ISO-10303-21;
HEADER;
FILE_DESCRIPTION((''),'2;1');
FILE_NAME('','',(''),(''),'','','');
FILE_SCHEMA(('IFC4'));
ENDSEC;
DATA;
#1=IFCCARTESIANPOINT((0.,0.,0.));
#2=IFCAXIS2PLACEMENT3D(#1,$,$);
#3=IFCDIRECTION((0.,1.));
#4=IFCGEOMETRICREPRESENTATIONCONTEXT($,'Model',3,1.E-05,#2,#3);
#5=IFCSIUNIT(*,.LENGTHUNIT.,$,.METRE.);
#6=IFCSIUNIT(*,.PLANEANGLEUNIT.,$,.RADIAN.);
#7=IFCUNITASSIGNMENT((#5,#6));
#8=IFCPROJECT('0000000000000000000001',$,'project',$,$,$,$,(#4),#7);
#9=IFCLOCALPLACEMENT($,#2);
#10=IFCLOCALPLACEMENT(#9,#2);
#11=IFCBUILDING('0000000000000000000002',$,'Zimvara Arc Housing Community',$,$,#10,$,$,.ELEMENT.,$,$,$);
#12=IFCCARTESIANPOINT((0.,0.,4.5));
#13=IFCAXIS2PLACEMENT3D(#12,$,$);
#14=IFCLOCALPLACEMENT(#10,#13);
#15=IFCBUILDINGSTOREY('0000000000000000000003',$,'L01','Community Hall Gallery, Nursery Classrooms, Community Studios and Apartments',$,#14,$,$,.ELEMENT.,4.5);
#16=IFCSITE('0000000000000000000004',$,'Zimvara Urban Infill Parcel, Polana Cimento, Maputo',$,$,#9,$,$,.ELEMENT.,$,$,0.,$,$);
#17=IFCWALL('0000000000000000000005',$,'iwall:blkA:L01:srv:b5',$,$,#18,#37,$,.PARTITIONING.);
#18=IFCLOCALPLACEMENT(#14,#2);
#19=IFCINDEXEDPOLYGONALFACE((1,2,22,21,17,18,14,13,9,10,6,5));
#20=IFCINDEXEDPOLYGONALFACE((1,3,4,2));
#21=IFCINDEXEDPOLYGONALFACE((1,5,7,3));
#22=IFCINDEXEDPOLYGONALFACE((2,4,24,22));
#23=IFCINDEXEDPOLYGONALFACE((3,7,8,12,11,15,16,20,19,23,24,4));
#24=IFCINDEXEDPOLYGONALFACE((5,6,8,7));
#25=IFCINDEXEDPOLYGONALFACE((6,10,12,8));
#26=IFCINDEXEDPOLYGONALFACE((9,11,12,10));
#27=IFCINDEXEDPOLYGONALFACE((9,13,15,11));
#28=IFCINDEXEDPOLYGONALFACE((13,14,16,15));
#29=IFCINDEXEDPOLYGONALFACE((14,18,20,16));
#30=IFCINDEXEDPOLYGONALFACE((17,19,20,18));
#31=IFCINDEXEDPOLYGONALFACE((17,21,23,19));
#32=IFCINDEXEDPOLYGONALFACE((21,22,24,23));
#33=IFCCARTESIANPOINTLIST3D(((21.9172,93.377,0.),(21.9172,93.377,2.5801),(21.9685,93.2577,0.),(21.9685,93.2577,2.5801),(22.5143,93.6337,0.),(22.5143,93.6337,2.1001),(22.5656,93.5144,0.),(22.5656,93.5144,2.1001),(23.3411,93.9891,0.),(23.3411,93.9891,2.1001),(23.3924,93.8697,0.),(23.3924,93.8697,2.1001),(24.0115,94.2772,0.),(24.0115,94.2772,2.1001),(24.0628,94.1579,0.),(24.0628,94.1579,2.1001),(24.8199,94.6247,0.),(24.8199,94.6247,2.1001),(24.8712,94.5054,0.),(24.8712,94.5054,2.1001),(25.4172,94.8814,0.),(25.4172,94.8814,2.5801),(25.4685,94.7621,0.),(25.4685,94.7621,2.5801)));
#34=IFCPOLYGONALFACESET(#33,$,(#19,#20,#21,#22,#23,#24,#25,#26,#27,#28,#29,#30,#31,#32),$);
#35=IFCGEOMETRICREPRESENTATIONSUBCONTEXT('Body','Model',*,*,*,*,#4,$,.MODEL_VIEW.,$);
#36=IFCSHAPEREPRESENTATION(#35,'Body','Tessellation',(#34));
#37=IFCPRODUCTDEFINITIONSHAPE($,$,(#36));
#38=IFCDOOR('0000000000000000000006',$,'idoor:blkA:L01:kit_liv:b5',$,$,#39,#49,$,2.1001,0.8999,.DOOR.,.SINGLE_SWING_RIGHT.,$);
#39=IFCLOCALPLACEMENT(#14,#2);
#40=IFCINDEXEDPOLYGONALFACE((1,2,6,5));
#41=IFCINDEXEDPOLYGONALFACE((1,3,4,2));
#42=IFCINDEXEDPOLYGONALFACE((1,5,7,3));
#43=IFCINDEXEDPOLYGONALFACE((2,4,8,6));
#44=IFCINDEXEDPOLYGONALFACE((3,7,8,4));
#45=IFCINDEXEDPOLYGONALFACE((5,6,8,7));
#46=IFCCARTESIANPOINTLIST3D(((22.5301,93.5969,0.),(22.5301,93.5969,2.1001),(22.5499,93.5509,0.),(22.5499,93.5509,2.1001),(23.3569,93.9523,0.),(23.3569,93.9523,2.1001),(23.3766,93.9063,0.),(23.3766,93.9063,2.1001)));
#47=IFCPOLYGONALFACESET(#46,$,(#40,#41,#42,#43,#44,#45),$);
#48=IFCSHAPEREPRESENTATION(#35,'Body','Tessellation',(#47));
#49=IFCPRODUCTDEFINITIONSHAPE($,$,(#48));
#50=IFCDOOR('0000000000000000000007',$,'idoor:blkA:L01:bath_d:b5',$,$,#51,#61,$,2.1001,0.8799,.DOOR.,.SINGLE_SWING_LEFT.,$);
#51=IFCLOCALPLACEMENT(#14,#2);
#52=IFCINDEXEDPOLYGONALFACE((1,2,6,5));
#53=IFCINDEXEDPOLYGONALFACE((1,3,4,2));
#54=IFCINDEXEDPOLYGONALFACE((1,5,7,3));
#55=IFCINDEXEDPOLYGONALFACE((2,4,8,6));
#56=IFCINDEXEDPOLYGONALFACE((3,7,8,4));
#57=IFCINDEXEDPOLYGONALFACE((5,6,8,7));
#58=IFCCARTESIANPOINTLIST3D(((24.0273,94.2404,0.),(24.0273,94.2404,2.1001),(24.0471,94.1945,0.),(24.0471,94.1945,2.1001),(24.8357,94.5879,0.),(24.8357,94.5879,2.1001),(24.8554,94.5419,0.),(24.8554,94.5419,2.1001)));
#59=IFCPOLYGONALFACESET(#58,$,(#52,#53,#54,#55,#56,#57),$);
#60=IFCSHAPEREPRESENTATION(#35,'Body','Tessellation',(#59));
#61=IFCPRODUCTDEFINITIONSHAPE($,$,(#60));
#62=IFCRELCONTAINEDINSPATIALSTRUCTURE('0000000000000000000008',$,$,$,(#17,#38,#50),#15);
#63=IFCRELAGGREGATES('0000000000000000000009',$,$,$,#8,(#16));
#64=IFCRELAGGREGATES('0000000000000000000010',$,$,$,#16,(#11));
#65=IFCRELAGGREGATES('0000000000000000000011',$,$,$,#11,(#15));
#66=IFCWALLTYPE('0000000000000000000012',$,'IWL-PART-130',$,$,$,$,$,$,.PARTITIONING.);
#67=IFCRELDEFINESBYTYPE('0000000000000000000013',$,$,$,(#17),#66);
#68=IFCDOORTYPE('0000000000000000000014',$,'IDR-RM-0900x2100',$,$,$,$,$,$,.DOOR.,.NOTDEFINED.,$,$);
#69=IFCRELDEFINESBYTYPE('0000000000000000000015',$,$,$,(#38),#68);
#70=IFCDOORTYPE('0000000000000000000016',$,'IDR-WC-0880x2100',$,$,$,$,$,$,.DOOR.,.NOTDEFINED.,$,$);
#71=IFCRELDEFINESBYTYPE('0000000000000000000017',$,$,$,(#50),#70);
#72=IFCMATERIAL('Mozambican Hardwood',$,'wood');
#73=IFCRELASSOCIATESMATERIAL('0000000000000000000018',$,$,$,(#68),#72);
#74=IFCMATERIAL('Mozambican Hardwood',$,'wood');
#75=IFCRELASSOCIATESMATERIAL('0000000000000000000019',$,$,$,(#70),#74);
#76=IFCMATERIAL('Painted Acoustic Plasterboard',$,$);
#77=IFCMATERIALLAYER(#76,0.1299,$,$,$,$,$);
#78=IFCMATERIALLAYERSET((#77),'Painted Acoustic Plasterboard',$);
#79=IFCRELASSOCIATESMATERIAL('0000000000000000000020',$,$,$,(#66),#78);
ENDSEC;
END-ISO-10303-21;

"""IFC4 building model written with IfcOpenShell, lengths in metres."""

from ifc_helpers import new_model, si_unit, direction, frame, frame_2d, origin, place, context, subcontext, project, spatial, rectangle, extrude, material, layer, layer_set, type_object, element, fill, save


model = new_model("IFC4")

# Units and contexts
model_context = context("Model", 3, precision=1e-05, world=origin(), true_north=direction((0.0, 1.0)))
body_context = subcontext(model_context, "Body", "Model", "MODEL_VIEW")
ifc_project = project(units=[si_unit("LENGTHUNIT", "METRE"), si_unit("PLANEANGLEUNIT", "RADIAN")], contexts=[model_context])

# Site, building, storey
site_placement = place(None, origin())
site = spatial("IfcSite", under=ifc_project, at=site_placement, Name="Zimvara Urban Infill Parcel, Polana Cimento, Maputo", CompositionType="ELEMENT", RefElevation=0.0)
building_placement = place(site_placement, origin())
building = spatial("IfcBuilding", under=site, at=building_placement, Name="Zimvara Arc Housing Community", CompositionType="ELEMENT")
storey_placement = place(building_placement, frame((0.0, 0.0, 4.5)))
storey = spatial("IfcBuildingStorey", under=building, at=storey_placement, Name="L01", Description="Community Hall Gallery, Nursery Classrooms, Community Studios and Apartments", CompositionType="ELEMENT", Elevation=4.5)

# Wall, openings, doors
ifc_material_1 = material(Name="Mozambican Hardwood", Category="wood")
door_type_1 = type_object("IfcDoorType", Name="IDR-RM-0900x2100", OperationType="NOTDEFINED", PredefinedType="DOOR", material=ifc_material_1)
ifc_material_2 = material(Name="Mozambican Hardwood", Category="wood")
door_type_2 = type_object("IfcDoorType", Name="IDR-WC-0880x2100", OperationType="NOTDEFINED", PredefinedType="DOOR", material=ifc_material_2)
ifc_material_3 = material(Name="Painted Acoustic Plasterboard")
ifc_layer_1 = layer(ifc_material_3, 0.1299)
ifc_layer_set_1 = layer_set([ifc_layer_1], Name="Painted Acoustic Plasterboard")
wall_type_1 = type_object("IfcWallType", Name="IWL-PART-130", PredefinedType="PARTITIONING", material=ifc_layer_set_1)
wall_1_placement = place(storey_placement, frame((21.9429, 93.3174, 0.0), z_axis=(0.0, 0.0, 1.0), x_axis=(0.918727, 0.394894, 0.0)))
wall_1 = element("IfcWall", 1, at=wall_1_placement, inside=storey, type_object=wall_type_1, Name="iwall:blkA:L01:srv:b5", PredefinedType="PARTITIONING", context=body_context, shape_type="SweptSolid", body=[
    extrude(rectangle(XDim=3.8096, YDim=0.1299, at=frame_2d((1.9048, 0.0))), origin(), (0.0, 0.0, 1.0), 2.5801),
])
opening_1_placement = place(wall_1_placement, frame((0.6499, 0.0, 0.0)))
opening_1 = element("IfcOpeningElement", 2, at=opening_1_placement, cuts=wall_1, PredefinedType="OPENING", context=body_context, shape_type="SweptSolid", body=[
    extrude(rectangle(XDim=0.8999, YDim=2.1001, at=frame_2d((0.45, 1.05))), frame((0.0, 0.075, 0.0), z_axis=(0.0, -1.0, 0.0), x_axis=(1.0, 0.0, 0.0)), (0.0, 0.0, 1.0), 0.1499),
])
opening_2_placement = place(wall_1_placement, frame((2.2795, 0.0, 0.0)))
opening_2 = element("IfcOpeningElement", 3, at=opening_2_placement, cuts=wall_1, PredefinedType="OPENING", context=body_context, shape_type="SweptSolid", body=[
    extrude(rectangle(XDim=0.8799, YDim=2.1001, at=frame_2d((0.4399, 1.05))), frame((0.0, 0.075, 0.0), z_axis=(0.0, -1.0, 0.0), x_axis=(1.0, 0.0, 0.0)), (0.0, 0.0, 1.0), 0.1499),
])
door_1_placement = place(opening_1_placement, origin())
door_1 = element("IfcDoor", 4, at=door_1_placement, inside=storey, type_object=door_type_1, Name="idoor:blkA:L01:kit_liv:b5", OperationType="SINGLE_SWING_RIGHT", OverallHeight=2.1001, OverallWidth=0.8999, PredefinedType="DOOR", context=body_context, shape_type="SweptSolid", body=[
    extrude(rectangle(XDim=0.8999, YDim=2.1001, at=frame_2d((0.45, 1.05))), frame((0.0, 0.0249, 0.0), z_axis=(0.0, -1.0, 0.0), x_axis=(1.0, 0.0, 0.0)), (0.0, 0.0, 1.0), 0.05),
])
fill(opening_1, door_1)
door_2_placement = place(opening_2_placement, origin())
door_2 = element("IfcDoor", 5, at=door_2_placement, inside=storey, type_object=door_type_2, Name="idoor:blkA:L01:bath_d:b5", OperationType="SINGLE_SWING_LEFT", OverallHeight=2.1001, OverallWidth=0.8799, PredefinedType="DOOR", context=body_context, shape_type="SweptSolid", body=[
    extrude(rectangle(XDim=0.8799, YDim=2.1001, at=frame_2d((0.4399, 1.05))), frame((0.0, 0.0249, 0.0), z_axis=(0.0, -1.0, 0.0), x_axis=(1.0, 0.0, 0.0)), (0.0, 0.0, 1.0), 0.05),
])
fill(opening_2, door_2)

save(model, "model.ifc")
